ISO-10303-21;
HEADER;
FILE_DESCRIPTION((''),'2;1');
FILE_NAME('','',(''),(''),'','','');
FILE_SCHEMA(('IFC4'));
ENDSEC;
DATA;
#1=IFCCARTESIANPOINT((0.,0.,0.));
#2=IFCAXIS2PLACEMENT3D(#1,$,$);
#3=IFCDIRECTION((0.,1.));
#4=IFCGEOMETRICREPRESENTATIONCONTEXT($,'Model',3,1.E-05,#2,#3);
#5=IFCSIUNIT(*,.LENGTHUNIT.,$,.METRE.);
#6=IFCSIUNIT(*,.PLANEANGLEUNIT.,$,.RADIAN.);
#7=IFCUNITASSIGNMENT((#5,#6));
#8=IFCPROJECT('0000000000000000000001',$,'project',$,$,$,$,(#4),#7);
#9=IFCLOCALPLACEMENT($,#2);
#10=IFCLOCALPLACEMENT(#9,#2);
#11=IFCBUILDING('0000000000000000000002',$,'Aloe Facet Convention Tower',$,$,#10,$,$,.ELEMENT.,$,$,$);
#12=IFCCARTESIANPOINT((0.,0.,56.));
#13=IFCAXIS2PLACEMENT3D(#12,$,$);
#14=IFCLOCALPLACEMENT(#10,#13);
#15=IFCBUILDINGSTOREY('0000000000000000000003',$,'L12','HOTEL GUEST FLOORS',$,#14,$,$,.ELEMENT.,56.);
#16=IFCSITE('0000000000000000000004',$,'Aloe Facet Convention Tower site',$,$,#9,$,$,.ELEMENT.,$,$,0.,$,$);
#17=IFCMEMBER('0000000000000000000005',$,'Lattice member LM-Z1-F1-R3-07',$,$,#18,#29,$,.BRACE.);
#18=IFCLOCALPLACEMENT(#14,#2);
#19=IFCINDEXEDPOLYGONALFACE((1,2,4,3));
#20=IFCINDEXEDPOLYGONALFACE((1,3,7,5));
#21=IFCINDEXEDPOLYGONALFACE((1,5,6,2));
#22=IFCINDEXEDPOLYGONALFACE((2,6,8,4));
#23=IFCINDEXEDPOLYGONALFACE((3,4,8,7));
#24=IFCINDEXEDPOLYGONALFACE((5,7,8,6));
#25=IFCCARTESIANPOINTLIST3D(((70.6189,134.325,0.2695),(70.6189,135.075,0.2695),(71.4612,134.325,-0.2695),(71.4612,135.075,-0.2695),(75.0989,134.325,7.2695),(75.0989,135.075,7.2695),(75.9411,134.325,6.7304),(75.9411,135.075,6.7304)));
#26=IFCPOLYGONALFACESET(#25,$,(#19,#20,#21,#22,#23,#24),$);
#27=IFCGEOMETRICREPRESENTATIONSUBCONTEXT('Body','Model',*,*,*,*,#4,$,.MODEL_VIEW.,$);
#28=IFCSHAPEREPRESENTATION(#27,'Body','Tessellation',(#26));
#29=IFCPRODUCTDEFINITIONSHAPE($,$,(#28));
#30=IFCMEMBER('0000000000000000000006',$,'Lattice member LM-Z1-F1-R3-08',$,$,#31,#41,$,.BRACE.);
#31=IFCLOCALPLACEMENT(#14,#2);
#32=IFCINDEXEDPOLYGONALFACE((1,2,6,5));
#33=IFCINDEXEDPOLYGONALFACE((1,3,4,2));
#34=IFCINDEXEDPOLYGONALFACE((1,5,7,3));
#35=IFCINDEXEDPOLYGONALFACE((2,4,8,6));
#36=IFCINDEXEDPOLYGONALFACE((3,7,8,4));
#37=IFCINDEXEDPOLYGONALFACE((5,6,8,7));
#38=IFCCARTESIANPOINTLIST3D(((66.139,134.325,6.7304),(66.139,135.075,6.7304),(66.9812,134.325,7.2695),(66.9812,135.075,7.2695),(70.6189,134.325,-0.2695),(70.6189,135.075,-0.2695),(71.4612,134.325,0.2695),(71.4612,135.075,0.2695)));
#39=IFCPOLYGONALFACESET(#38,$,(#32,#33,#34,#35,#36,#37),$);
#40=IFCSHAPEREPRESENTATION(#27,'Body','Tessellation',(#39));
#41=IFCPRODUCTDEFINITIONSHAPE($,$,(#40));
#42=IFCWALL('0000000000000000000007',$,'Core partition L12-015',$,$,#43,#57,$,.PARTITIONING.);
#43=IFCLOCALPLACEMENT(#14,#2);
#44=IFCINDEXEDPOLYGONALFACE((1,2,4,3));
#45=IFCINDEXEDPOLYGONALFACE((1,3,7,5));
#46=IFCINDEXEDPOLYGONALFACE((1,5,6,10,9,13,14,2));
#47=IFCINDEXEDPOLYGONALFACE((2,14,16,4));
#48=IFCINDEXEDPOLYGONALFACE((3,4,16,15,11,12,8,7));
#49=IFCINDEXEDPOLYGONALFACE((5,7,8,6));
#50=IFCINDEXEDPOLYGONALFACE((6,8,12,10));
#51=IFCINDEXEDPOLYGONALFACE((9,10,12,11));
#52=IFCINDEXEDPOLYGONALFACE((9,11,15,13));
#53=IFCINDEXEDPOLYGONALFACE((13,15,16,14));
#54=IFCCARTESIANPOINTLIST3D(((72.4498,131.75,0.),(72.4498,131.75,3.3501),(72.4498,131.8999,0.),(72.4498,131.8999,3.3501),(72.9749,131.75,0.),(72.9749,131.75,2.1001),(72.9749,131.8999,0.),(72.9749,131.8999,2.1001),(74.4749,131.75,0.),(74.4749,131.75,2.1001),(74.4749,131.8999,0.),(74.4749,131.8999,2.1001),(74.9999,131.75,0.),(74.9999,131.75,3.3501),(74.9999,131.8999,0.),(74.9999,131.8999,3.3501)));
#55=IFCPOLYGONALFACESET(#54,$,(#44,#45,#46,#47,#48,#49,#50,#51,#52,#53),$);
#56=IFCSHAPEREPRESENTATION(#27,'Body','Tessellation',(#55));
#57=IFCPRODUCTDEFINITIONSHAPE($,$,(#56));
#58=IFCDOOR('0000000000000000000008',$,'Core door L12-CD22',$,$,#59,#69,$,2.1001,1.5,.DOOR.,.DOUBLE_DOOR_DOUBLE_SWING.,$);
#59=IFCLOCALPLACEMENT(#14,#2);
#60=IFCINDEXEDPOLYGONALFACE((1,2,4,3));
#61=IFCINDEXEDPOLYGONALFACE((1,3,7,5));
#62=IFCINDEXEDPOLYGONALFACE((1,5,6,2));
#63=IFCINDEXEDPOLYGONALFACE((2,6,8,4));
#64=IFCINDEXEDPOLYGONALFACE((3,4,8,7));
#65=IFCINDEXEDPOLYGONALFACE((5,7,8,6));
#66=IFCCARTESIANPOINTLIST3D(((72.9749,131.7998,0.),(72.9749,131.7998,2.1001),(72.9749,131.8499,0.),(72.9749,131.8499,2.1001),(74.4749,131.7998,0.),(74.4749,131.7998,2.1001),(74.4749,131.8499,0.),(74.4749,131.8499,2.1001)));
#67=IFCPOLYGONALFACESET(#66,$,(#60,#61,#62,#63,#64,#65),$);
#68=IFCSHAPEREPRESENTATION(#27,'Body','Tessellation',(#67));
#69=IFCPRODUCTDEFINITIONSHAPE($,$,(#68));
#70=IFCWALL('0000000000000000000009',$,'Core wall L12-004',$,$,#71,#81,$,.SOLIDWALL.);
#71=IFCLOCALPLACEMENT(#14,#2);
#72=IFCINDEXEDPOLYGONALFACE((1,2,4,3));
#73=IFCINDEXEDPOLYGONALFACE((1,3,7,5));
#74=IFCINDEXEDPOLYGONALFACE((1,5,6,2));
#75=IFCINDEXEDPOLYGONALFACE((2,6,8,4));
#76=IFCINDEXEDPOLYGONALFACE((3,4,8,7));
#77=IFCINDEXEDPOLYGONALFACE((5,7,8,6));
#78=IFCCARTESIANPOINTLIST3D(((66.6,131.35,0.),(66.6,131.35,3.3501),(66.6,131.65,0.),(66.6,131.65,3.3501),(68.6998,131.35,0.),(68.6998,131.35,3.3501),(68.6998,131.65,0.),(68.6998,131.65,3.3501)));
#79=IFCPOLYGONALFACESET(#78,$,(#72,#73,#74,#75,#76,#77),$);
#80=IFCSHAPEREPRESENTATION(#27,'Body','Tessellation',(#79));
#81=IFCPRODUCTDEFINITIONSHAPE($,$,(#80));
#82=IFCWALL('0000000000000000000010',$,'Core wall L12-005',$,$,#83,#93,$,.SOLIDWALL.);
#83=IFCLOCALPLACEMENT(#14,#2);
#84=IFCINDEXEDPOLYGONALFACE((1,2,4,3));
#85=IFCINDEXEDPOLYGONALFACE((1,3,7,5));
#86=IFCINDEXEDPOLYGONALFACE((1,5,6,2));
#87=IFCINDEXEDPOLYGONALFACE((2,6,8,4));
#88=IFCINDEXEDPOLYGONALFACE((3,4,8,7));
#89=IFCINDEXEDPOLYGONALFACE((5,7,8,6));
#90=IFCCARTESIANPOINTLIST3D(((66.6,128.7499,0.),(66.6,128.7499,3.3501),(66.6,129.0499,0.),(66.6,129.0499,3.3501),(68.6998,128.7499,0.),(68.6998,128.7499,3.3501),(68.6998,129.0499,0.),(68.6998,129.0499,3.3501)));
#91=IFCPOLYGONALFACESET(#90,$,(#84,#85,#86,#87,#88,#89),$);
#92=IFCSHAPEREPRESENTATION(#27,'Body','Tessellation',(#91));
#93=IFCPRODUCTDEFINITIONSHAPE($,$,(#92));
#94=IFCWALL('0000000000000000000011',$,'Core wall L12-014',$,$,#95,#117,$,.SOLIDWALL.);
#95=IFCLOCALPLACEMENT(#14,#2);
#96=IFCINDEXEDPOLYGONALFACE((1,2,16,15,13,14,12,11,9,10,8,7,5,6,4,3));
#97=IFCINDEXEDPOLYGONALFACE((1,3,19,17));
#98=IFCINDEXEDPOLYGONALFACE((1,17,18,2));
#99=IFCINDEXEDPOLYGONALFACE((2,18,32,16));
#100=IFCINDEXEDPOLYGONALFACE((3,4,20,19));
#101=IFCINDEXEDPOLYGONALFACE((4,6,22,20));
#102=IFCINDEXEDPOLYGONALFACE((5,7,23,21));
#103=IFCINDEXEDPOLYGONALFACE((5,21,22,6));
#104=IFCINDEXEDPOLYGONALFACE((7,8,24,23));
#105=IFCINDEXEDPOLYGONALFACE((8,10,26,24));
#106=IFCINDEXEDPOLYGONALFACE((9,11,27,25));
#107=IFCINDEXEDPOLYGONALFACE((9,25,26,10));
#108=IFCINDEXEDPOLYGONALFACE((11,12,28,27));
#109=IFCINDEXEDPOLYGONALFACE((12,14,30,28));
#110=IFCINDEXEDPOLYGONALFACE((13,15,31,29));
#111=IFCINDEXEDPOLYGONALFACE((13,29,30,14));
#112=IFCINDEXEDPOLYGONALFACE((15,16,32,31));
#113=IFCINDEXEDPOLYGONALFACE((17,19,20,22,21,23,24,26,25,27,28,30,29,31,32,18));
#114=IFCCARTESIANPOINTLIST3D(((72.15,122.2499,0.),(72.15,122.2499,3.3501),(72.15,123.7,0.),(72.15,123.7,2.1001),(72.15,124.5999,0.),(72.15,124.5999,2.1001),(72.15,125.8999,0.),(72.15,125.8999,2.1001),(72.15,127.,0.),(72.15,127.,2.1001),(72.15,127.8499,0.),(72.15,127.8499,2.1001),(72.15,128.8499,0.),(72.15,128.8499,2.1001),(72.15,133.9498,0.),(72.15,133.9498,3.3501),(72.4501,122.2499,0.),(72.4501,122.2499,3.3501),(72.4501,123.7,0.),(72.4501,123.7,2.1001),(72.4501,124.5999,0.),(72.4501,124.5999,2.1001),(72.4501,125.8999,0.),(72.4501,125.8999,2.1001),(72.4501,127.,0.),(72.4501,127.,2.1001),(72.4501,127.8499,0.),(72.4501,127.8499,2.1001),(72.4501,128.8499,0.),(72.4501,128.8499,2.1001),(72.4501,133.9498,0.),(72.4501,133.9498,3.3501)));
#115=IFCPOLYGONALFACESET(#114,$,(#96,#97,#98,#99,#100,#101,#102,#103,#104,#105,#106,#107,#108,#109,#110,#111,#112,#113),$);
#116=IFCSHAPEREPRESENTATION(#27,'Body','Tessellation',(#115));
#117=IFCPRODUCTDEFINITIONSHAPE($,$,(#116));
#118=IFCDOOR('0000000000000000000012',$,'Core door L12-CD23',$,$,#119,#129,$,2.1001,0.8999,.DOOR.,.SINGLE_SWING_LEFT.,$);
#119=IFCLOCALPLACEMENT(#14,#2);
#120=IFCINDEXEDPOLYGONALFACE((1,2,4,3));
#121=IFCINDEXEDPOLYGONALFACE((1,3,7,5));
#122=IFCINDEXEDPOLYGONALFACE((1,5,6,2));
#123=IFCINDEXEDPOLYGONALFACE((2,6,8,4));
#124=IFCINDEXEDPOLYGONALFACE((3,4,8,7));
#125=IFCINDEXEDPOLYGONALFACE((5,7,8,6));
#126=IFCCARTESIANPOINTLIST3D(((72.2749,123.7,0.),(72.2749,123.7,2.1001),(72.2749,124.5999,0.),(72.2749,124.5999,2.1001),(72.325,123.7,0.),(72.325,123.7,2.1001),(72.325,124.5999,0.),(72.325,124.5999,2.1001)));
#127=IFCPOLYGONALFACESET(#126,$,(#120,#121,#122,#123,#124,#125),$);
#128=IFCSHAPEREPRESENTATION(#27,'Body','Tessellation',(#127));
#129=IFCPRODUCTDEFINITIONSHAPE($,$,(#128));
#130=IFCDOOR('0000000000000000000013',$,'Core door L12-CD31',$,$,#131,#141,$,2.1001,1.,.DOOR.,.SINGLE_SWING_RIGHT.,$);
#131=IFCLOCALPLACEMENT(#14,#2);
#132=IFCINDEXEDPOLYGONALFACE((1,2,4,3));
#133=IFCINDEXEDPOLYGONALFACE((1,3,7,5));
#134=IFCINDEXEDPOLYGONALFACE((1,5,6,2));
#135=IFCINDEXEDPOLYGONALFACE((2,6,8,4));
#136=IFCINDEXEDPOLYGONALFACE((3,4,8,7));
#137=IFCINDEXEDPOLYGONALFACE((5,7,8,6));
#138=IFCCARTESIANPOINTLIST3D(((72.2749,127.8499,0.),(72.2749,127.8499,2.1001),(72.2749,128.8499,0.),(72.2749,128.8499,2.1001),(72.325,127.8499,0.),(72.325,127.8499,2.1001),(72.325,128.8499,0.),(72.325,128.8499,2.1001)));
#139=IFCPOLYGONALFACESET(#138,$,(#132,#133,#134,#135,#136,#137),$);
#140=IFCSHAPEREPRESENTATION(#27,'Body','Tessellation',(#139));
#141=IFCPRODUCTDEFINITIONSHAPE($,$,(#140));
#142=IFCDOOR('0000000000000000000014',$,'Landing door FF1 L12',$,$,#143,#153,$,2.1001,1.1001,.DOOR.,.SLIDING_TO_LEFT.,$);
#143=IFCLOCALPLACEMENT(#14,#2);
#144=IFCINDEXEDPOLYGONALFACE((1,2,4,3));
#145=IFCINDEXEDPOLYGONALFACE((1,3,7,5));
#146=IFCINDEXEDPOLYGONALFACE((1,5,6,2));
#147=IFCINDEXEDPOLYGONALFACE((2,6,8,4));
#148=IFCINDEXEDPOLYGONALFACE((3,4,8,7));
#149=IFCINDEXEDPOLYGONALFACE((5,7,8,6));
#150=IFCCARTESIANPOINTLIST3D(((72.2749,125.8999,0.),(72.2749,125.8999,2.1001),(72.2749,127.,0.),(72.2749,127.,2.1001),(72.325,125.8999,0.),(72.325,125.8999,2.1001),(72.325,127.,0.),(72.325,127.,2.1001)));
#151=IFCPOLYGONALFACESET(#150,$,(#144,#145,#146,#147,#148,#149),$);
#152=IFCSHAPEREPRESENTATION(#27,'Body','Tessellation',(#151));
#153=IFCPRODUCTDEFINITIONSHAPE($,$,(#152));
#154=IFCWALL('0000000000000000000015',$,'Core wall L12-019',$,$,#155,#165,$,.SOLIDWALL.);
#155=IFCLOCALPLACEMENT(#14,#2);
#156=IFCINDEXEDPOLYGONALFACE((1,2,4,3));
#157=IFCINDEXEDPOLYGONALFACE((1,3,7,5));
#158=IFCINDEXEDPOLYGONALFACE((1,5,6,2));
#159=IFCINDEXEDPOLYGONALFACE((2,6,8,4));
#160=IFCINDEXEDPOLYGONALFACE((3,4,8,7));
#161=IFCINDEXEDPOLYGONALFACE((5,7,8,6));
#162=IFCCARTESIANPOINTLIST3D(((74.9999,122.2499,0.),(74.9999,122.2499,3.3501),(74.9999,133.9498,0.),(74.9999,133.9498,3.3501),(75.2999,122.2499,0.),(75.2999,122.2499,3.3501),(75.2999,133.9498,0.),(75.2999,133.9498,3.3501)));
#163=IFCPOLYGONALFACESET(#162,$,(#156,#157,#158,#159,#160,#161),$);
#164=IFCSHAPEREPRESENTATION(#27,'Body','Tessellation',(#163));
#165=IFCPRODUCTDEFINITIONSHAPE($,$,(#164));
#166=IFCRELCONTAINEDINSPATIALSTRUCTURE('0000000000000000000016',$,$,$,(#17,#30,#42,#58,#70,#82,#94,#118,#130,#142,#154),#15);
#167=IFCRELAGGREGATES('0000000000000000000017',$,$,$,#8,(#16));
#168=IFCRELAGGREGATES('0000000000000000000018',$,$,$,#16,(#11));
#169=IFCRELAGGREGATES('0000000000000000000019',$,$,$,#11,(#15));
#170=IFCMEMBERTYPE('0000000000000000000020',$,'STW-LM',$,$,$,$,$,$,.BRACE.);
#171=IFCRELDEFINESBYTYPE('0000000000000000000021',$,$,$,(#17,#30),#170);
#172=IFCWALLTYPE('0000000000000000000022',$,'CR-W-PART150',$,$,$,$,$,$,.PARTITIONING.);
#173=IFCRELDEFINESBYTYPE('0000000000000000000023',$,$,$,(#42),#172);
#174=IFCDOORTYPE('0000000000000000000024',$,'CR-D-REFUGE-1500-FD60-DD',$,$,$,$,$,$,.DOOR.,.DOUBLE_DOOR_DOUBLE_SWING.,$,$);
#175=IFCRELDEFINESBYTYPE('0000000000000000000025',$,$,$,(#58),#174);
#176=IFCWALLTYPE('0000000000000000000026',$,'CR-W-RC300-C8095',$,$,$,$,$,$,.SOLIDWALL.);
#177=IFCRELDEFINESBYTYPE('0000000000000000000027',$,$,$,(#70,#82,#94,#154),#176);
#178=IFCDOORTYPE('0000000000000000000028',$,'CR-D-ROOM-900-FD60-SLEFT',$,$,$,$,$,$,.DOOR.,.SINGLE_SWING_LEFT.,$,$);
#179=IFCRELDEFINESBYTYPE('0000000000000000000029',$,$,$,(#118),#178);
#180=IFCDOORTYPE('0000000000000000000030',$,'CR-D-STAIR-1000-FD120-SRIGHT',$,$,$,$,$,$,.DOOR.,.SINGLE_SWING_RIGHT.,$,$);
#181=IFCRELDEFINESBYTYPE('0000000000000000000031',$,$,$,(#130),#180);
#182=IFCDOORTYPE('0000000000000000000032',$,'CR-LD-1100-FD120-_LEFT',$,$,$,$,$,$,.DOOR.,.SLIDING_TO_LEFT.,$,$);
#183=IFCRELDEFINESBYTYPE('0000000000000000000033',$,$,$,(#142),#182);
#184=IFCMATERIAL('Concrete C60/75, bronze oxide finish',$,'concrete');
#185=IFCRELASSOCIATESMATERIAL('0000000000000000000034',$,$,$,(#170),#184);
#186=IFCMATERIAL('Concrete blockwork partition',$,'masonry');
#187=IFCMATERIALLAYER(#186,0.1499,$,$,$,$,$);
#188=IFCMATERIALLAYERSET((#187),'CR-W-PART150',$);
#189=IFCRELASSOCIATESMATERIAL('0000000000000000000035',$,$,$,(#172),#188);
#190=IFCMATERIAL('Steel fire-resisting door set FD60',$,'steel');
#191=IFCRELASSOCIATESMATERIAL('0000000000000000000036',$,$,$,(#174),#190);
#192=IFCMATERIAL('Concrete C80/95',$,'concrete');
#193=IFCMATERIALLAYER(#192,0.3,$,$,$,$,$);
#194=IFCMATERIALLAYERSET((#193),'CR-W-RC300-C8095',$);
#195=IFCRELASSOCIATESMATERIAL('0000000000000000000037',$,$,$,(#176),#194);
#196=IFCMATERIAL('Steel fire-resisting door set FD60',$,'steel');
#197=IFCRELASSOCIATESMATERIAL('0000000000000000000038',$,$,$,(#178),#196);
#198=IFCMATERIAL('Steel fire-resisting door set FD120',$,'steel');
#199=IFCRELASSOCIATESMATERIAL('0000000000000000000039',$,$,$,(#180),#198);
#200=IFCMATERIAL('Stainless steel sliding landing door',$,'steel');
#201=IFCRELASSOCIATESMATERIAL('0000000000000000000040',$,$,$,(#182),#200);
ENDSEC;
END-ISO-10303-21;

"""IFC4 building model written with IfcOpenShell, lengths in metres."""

from ifc_helpers import new_model, si_unit, direction, frame, frame_2d, origin, origin_2d, place, context, subcontext, project, spatial, rectangle, extrude, material, layer, layer_set, material_profile, profile_set, type_object, element, fill, save


model = new_model("IFC4")

# Units and contexts
model_context = context("Model", 3, precision=1e-05, world=origin(), true_north=direction((0.0, 1.0)))
body_context = subcontext(model_context, "Body", "Model", "MODEL_VIEW")
ifc_project = project(units=[si_unit("LENGTHUNIT", "METRE"), si_unit("PLANEANGLEUNIT", "RADIAN")], contexts=[model_context])

# Site, building, storey
site_placement = place(None, origin())
site = spatial("IfcSite", under=ifc_project, at=site_placement, Name="Aloe Facet Convention Tower site", CompositionType="ELEMENT", RefElevation=0.0)
building_placement = place(site_placement, origin())
building = spatial("IfcBuilding", under=site, at=building_placement, Name="Aloe Facet Convention Tower", CompositionType="ELEMENT")
storey_placement = place(building_placement, frame((0.0, 0.0, 56.0)))
storey = spatial("IfcBuildingStorey", under=building, at=storey_placement, Name="L12", Description="HOTEL GUEST FLOORS", CompositionType="ELEMENT", Elevation=56.0)

# Members
ifc_material_1 = material(Name="Concrete C60/75, bronze oxide finish", Category="concrete")
ifc_material_profile = material_profile(ifc_material_1, rectangle(XDim=0.75, YDim=1.0, at=origin_2d()), Name="STW-LM")
ifc_profile_set = profile_set([ifc_material_profile], Name="Concrete C60/75, bronze oxide finish")
member_type = type_object("IfcMemberType", Name="STW-LM", PredefinedType="BRACE", material=ifc_profile_set)
for number, where, z_axis, x_axis, name in (
    (1, (71.04, 134.7, 0.0), (0.539052, 0.0, 0.842272), (0.0, 1.0, 0.0), "Lattice member LM-Z1-F1-R3-07"),
    (2, (71.04, 134.7, 0.0), (-0.539052, 0.0, 0.842272), (0.0, -1.0, 0.0), "Lattice member LM-Z1-F1-R3-08"),
):
    element("IfcMember", number, at=place(storey_placement, frame(where, z_axis=z_axis, x_axis=x_axis)), inside=storey, type_object=member_type, Name=name, PredefinedType="BRACE", context=body_context, shape_type="SweptSolid", body=[
        extrude(rectangle(XDim=0.75, YDim=1.0, at=origin_2d()), origin(), (0.0, 0.0, 1.0), 8.3108),
    ])

# Wall, opening, door
ifc_material_2 = material(Name="Concrete blockwork partition", Category="masonry")
ifc_layer_1 = layer(ifc_material_2, 0.1499)
ifc_layer_set_1 = layer_set([ifc_layer_1], Name="CR-W-PART150")
wall_type_1 = type_object("IfcWallType", Name="CR-W-PART150", PredefinedType="PARTITIONING", material=ifc_layer_set_1)
wall_1_placement = place(storey_placement, frame((72.45, 131.825, 0.0), z_axis=(0.0, 0.0, 1.0), x_axis=(1.0, 0.0, 0.0)))
wall_1 = element("IfcWall", 3, at=wall_1_placement, inside=storey, type_object=wall_type_1, Name="Core partition L12-015", PredefinedType="PARTITIONING", context=body_context, shape_type="SweptSolid", body=[
    extrude(rectangle(XDim=2.55, YDim=0.1499, at=frame_2d((1.2749, 0.0))), origin(), (0.0, 0.0, 1.0), 3.3501),
])
opening_1_placement = place(wall_1_placement, frame((0.5249, 0.0, 0.0)))
opening_1 = element("IfcOpeningElement", 4, at=opening_1_placement, cuts=wall_1, PredefinedType="OPENING", context=body_context, shape_type="SweptSolid", body=[
    extrude(rectangle(XDim=1.5, YDim=2.1001, at=frame_2d((0.75, 1.05))), frame((0.0, 0.085, 0.0), z_axis=(0.0, -1.0, 0.0), x_axis=(1.0, 0.0, 0.0)), (0.0, 0.0, 1.0), 0.1699),
])
ifc_material_3 = material(Name="Steel fire-resisting door set FD60", Category="steel")
door_type_1 = type_object("IfcDoorType", Name="CR-D-REFUGE-1500-FD60-DD", OperationType="DOUBLE_DOOR_DOUBLE_SWING", PredefinedType="DOOR", material=ifc_material_3)
door_1_placement = place(opening_1_placement, origin())
door_1 = element("IfcDoor", 5, at=door_1_placement, inside=storey, type_object=door_type_1, Name="Core door L12-CD22", OperationType="DOUBLE_DOOR_DOUBLE_SWING", OverallHeight=2.1001, OverallWidth=1.5, PredefinedType="DOOR", context=body_context, shape_type="SweptSolid", body=[
    extrude(rectangle(XDim=1.5, YDim=2.1001, at=frame_2d((0.75, 1.05))), frame((0.0, 0.0249, 0.0), z_axis=(0.0, -1.0, 0.0), x_axis=(1.0, 0.0, 0.0)), (0.0, 0.0, 1.0), 0.05),
])
fill(opening_1, door_1)

# Walls
ifc_material_4 = material(Name="Concrete C80/95", Category="concrete")
ifc_layer_2 = layer(ifc_material_4, 0.3)
ifc_layer_set_2 = layer_set([ifc_layer_2], Name="CR-W-RC300-C8095")
wall_type_2 = type_object("IfcWallType", Name="CR-W-RC300-C8095", PredefinedType="SOLIDWALL", material=ifc_layer_set_2)
for number, where, z_axis, x_axis, name in (
    (6, (66.6001, 131.5, 0.0), (0.0, 0.0, 1.0), (1.0, 0.0, 0.0), "Core wall L12-004"),
    (7, (66.6001, 128.8999, 0.0), (0.0, 0.0, 1.0), (1.0, 0.0, 0.0), "Core wall L12-005"),
):
    element("IfcWall", number, at=place(storey_placement, frame(where, z_axis=z_axis, x_axis=x_axis)), inside=storey, type_object=wall_type_2, Name=name, PredefinedType="SOLIDWALL", context=body_context, shape_type="SweptSolid", body=[
        extrude(rectangle(XDim=2.0999, YDim=0.3, at=frame_2d((1.0498, 0.0))), origin(), (0.0, 0.0, 1.0), 3.3501),
    ])

# Wall, openings, doors
wall_2_placement = place(storey_placement, frame((72.3, 133.95, 0.0), z_axis=(0.0, 0.0, 1.0), x_axis=(0.0, -1.0, 0.0)))
wall_2 = element("IfcWall", 8, at=wall_2_placement, inside=storey, type_object=wall_type_2, Name="Core wall L12-014", PredefinedType="SOLIDWALL", context=body_context, shape_type="SweptSolid", body=[
    extrude(rectangle(XDim=11.7, YDim=0.3, at=frame_2d((5.8501, 0.0))), origin(), (0.0, 0.0, 1.0), 3.3501),
])
opening_2_placement = place(wall_2_placement, frame((6.95, 0.0, 0.0)))
opening_2 = element("IfcOpeningElement", 9, at=opening_2_placement, cuts=wall_2, PredefinedType="OPENING", context=body_context, shape_type="SweptSolid", body=[
    extrude(rectangle(XDim=1.1001, YDim=2.1001, at=frame_2d((0.55, 1.05))), frame((0.0, 0.1602, 0.0), z_axis=(0.0, -1.0, 0.0), x_axis=(1.0, 0.0, 0.0)), (0.0, 0.0, 1.0), 0.3201),
])
opening_3_placement = place(wall_2_placement, frame((9.3501, 0.0, 0.0)))
opening_3 = element("IfcOpeningElement", 10, at=opening_3_placement, cuts=wall_2, PredefinedType="OPENING", context=body_context, shape_type="SweptSolid", body=[
    extrude(rectangle(XDim=0.8999, YDim=2.1001, at=frame_2d((0.45, 1.05))), frame((0.0, 0.1602, 0.0), z_axis=(0.0, -1.0, 0.0), x_axis=(1.0, 0.0, 0.0)), (0.0, 0.0, 1.0), 0.3201),
])
opening_4_placement = place(wall_2_placement, frame((5.1001, 0.0, 0.0)))
opening_4 = element("IfcOpeningElement", 11, at=opening_4_placement, cuts=wall_2, PredefinedType="OPENING", context=body_context, shape_type="SweptSolid", body=[
    extrude(rectangle(XDim=1.0, YDim=2.1001, at=frame_2d((0.5, 1.05))), frame((0.0, 0.1602, 0.0), z_axis=(0.0, -1.0, 0.0), x_axis=(1.0, 0.0, 0.0)), (0.0, 0.0, 1.0), 0.3201),
])
ifc_material_5 = material(Name="Steel fire-resisting door set FD60", Category="steel")
door_type_2 = type_object("IfcDoorType", Name="CR-D-ROOM-900-FD60-SLEFT", OperationType="SINGLE_SWING_LEFT", PredefinedType="DOOR", material=ifc_material_5)
door_2_placement = place(opening_3_placement, origin())
door_2 = element("IfcDoor", 12, at=door_2_placement, inside=storey, type_object=door_type_2, Name="Core door L12-CD23", OperationType="SINGLE_SWING_LEFT", OverallHeight=2.1001, OverallWidth=0.8999, PredefinedType="DOOR", context=body_context, shape_type="SweptSolid", body=[
    extrude(rectangle(XDim=0.8999, YDim=2.1001, at=frame_2d((0.45, 1.05))), frame((0.0, 0.0249, 0.0), z_axis=(0.0, -1.0, 0.0), x_axis=(1.0, 0.0, 0.0)), (0.0, 0.0, 1.0), 0.05),
])
fill(opening_3, door_2)
ifc_material_6 = material(Name="Steel fire-resisting door set FD120", Category="steel")
door_type_3 = type_object("IfcDoorType", Name="CR-D-STAIR-1000-FD120-SRIGHT", OperationType="SINGLE_SWING_RIGHT", PredefinedType="DOOR", material=ifc_material_6)
door_3_placement = place(opening_4_placement, origin())
door_3 = element("IfcDoor", 13, at=door_3_placement, inside=storey, type_object=door_type_3, Name="Core door L12-CD31", OperationType="SINGLE_SWING_RIGHT", OverallHeight=2.1001, OverallWidth=1.0, PredefinedType="DOOR", context=body_context, shape_type="SweptSolid", body=[
    extrude(rectangle(XDim=1.0, YDim=2.1001, at=frame_2d((0.5, 1.05))), frame((0.0, 0.0249, 0.0), z_axis=(0.0, -1.0, 0.0), x_axis=(1.0, 0.0, 0.0)), (0.0, 0.0, 1.0), 0.05),
])
fill(opening_4, door_3)
ifc_material_7 = material(Name="Stainless steel sliding landing door", Category="steel")
door_type_4 = type_object("IfcDoorType", Name="CR-LD-1100-FD120-_LEFT", OperationType="SLIDING_TO_LEFT", PredefinedType="DOOR", material=ifc_material_7)
door_4_placement = place(opening_2_placement, origin())
door_4 = element("IfcDoor", 14, at=door_4_placement, inside=storey, type_object=door_type_4, Name="Landing door FF1 L12", OperationType="SLIDING_TO_LEFT", OverallHeight=2.1001, OverallWidth=1.1001, PredefinedType="DOOR", context=body_context, shape_type="SweptSolid", body=[
    extrude(rectangle(XDim=1.1001, YDim=2.1001, at=frame_2d((0.55, 1.05))), frame((0.0, 0.0249, 0.0), z_axis=(0.0, -1.0, 0.0), x_axis=(1.0, 0.0, 0.0)), (0.0, 0.0, 1.0), 0.05),
])
fill(opening_2, door_4)

# Wall
wall_3_placement = place(storey_placement, frame((75.1499, 133.95, 0.0), z_axis=(0.0, 0.0, 1.0), x_axis=(0.0, -1.0, 0.0)))
element("IfcWall", 15, at=wall_3_placement, inside=storey, type_object=wall_type_2, Name="Core wall L12-019", PredefinedType="SOLIDWALL", context=body_context, shape_type="SweptSolid", body=[
    extrude(rectangle(XDim=11.7, YDim=0.3, at=frame_2d((5.8501, 0.0))), origin(), (0.0, 0.0, 1.0), 3.3501),
])

save(model, "model.ifc")
